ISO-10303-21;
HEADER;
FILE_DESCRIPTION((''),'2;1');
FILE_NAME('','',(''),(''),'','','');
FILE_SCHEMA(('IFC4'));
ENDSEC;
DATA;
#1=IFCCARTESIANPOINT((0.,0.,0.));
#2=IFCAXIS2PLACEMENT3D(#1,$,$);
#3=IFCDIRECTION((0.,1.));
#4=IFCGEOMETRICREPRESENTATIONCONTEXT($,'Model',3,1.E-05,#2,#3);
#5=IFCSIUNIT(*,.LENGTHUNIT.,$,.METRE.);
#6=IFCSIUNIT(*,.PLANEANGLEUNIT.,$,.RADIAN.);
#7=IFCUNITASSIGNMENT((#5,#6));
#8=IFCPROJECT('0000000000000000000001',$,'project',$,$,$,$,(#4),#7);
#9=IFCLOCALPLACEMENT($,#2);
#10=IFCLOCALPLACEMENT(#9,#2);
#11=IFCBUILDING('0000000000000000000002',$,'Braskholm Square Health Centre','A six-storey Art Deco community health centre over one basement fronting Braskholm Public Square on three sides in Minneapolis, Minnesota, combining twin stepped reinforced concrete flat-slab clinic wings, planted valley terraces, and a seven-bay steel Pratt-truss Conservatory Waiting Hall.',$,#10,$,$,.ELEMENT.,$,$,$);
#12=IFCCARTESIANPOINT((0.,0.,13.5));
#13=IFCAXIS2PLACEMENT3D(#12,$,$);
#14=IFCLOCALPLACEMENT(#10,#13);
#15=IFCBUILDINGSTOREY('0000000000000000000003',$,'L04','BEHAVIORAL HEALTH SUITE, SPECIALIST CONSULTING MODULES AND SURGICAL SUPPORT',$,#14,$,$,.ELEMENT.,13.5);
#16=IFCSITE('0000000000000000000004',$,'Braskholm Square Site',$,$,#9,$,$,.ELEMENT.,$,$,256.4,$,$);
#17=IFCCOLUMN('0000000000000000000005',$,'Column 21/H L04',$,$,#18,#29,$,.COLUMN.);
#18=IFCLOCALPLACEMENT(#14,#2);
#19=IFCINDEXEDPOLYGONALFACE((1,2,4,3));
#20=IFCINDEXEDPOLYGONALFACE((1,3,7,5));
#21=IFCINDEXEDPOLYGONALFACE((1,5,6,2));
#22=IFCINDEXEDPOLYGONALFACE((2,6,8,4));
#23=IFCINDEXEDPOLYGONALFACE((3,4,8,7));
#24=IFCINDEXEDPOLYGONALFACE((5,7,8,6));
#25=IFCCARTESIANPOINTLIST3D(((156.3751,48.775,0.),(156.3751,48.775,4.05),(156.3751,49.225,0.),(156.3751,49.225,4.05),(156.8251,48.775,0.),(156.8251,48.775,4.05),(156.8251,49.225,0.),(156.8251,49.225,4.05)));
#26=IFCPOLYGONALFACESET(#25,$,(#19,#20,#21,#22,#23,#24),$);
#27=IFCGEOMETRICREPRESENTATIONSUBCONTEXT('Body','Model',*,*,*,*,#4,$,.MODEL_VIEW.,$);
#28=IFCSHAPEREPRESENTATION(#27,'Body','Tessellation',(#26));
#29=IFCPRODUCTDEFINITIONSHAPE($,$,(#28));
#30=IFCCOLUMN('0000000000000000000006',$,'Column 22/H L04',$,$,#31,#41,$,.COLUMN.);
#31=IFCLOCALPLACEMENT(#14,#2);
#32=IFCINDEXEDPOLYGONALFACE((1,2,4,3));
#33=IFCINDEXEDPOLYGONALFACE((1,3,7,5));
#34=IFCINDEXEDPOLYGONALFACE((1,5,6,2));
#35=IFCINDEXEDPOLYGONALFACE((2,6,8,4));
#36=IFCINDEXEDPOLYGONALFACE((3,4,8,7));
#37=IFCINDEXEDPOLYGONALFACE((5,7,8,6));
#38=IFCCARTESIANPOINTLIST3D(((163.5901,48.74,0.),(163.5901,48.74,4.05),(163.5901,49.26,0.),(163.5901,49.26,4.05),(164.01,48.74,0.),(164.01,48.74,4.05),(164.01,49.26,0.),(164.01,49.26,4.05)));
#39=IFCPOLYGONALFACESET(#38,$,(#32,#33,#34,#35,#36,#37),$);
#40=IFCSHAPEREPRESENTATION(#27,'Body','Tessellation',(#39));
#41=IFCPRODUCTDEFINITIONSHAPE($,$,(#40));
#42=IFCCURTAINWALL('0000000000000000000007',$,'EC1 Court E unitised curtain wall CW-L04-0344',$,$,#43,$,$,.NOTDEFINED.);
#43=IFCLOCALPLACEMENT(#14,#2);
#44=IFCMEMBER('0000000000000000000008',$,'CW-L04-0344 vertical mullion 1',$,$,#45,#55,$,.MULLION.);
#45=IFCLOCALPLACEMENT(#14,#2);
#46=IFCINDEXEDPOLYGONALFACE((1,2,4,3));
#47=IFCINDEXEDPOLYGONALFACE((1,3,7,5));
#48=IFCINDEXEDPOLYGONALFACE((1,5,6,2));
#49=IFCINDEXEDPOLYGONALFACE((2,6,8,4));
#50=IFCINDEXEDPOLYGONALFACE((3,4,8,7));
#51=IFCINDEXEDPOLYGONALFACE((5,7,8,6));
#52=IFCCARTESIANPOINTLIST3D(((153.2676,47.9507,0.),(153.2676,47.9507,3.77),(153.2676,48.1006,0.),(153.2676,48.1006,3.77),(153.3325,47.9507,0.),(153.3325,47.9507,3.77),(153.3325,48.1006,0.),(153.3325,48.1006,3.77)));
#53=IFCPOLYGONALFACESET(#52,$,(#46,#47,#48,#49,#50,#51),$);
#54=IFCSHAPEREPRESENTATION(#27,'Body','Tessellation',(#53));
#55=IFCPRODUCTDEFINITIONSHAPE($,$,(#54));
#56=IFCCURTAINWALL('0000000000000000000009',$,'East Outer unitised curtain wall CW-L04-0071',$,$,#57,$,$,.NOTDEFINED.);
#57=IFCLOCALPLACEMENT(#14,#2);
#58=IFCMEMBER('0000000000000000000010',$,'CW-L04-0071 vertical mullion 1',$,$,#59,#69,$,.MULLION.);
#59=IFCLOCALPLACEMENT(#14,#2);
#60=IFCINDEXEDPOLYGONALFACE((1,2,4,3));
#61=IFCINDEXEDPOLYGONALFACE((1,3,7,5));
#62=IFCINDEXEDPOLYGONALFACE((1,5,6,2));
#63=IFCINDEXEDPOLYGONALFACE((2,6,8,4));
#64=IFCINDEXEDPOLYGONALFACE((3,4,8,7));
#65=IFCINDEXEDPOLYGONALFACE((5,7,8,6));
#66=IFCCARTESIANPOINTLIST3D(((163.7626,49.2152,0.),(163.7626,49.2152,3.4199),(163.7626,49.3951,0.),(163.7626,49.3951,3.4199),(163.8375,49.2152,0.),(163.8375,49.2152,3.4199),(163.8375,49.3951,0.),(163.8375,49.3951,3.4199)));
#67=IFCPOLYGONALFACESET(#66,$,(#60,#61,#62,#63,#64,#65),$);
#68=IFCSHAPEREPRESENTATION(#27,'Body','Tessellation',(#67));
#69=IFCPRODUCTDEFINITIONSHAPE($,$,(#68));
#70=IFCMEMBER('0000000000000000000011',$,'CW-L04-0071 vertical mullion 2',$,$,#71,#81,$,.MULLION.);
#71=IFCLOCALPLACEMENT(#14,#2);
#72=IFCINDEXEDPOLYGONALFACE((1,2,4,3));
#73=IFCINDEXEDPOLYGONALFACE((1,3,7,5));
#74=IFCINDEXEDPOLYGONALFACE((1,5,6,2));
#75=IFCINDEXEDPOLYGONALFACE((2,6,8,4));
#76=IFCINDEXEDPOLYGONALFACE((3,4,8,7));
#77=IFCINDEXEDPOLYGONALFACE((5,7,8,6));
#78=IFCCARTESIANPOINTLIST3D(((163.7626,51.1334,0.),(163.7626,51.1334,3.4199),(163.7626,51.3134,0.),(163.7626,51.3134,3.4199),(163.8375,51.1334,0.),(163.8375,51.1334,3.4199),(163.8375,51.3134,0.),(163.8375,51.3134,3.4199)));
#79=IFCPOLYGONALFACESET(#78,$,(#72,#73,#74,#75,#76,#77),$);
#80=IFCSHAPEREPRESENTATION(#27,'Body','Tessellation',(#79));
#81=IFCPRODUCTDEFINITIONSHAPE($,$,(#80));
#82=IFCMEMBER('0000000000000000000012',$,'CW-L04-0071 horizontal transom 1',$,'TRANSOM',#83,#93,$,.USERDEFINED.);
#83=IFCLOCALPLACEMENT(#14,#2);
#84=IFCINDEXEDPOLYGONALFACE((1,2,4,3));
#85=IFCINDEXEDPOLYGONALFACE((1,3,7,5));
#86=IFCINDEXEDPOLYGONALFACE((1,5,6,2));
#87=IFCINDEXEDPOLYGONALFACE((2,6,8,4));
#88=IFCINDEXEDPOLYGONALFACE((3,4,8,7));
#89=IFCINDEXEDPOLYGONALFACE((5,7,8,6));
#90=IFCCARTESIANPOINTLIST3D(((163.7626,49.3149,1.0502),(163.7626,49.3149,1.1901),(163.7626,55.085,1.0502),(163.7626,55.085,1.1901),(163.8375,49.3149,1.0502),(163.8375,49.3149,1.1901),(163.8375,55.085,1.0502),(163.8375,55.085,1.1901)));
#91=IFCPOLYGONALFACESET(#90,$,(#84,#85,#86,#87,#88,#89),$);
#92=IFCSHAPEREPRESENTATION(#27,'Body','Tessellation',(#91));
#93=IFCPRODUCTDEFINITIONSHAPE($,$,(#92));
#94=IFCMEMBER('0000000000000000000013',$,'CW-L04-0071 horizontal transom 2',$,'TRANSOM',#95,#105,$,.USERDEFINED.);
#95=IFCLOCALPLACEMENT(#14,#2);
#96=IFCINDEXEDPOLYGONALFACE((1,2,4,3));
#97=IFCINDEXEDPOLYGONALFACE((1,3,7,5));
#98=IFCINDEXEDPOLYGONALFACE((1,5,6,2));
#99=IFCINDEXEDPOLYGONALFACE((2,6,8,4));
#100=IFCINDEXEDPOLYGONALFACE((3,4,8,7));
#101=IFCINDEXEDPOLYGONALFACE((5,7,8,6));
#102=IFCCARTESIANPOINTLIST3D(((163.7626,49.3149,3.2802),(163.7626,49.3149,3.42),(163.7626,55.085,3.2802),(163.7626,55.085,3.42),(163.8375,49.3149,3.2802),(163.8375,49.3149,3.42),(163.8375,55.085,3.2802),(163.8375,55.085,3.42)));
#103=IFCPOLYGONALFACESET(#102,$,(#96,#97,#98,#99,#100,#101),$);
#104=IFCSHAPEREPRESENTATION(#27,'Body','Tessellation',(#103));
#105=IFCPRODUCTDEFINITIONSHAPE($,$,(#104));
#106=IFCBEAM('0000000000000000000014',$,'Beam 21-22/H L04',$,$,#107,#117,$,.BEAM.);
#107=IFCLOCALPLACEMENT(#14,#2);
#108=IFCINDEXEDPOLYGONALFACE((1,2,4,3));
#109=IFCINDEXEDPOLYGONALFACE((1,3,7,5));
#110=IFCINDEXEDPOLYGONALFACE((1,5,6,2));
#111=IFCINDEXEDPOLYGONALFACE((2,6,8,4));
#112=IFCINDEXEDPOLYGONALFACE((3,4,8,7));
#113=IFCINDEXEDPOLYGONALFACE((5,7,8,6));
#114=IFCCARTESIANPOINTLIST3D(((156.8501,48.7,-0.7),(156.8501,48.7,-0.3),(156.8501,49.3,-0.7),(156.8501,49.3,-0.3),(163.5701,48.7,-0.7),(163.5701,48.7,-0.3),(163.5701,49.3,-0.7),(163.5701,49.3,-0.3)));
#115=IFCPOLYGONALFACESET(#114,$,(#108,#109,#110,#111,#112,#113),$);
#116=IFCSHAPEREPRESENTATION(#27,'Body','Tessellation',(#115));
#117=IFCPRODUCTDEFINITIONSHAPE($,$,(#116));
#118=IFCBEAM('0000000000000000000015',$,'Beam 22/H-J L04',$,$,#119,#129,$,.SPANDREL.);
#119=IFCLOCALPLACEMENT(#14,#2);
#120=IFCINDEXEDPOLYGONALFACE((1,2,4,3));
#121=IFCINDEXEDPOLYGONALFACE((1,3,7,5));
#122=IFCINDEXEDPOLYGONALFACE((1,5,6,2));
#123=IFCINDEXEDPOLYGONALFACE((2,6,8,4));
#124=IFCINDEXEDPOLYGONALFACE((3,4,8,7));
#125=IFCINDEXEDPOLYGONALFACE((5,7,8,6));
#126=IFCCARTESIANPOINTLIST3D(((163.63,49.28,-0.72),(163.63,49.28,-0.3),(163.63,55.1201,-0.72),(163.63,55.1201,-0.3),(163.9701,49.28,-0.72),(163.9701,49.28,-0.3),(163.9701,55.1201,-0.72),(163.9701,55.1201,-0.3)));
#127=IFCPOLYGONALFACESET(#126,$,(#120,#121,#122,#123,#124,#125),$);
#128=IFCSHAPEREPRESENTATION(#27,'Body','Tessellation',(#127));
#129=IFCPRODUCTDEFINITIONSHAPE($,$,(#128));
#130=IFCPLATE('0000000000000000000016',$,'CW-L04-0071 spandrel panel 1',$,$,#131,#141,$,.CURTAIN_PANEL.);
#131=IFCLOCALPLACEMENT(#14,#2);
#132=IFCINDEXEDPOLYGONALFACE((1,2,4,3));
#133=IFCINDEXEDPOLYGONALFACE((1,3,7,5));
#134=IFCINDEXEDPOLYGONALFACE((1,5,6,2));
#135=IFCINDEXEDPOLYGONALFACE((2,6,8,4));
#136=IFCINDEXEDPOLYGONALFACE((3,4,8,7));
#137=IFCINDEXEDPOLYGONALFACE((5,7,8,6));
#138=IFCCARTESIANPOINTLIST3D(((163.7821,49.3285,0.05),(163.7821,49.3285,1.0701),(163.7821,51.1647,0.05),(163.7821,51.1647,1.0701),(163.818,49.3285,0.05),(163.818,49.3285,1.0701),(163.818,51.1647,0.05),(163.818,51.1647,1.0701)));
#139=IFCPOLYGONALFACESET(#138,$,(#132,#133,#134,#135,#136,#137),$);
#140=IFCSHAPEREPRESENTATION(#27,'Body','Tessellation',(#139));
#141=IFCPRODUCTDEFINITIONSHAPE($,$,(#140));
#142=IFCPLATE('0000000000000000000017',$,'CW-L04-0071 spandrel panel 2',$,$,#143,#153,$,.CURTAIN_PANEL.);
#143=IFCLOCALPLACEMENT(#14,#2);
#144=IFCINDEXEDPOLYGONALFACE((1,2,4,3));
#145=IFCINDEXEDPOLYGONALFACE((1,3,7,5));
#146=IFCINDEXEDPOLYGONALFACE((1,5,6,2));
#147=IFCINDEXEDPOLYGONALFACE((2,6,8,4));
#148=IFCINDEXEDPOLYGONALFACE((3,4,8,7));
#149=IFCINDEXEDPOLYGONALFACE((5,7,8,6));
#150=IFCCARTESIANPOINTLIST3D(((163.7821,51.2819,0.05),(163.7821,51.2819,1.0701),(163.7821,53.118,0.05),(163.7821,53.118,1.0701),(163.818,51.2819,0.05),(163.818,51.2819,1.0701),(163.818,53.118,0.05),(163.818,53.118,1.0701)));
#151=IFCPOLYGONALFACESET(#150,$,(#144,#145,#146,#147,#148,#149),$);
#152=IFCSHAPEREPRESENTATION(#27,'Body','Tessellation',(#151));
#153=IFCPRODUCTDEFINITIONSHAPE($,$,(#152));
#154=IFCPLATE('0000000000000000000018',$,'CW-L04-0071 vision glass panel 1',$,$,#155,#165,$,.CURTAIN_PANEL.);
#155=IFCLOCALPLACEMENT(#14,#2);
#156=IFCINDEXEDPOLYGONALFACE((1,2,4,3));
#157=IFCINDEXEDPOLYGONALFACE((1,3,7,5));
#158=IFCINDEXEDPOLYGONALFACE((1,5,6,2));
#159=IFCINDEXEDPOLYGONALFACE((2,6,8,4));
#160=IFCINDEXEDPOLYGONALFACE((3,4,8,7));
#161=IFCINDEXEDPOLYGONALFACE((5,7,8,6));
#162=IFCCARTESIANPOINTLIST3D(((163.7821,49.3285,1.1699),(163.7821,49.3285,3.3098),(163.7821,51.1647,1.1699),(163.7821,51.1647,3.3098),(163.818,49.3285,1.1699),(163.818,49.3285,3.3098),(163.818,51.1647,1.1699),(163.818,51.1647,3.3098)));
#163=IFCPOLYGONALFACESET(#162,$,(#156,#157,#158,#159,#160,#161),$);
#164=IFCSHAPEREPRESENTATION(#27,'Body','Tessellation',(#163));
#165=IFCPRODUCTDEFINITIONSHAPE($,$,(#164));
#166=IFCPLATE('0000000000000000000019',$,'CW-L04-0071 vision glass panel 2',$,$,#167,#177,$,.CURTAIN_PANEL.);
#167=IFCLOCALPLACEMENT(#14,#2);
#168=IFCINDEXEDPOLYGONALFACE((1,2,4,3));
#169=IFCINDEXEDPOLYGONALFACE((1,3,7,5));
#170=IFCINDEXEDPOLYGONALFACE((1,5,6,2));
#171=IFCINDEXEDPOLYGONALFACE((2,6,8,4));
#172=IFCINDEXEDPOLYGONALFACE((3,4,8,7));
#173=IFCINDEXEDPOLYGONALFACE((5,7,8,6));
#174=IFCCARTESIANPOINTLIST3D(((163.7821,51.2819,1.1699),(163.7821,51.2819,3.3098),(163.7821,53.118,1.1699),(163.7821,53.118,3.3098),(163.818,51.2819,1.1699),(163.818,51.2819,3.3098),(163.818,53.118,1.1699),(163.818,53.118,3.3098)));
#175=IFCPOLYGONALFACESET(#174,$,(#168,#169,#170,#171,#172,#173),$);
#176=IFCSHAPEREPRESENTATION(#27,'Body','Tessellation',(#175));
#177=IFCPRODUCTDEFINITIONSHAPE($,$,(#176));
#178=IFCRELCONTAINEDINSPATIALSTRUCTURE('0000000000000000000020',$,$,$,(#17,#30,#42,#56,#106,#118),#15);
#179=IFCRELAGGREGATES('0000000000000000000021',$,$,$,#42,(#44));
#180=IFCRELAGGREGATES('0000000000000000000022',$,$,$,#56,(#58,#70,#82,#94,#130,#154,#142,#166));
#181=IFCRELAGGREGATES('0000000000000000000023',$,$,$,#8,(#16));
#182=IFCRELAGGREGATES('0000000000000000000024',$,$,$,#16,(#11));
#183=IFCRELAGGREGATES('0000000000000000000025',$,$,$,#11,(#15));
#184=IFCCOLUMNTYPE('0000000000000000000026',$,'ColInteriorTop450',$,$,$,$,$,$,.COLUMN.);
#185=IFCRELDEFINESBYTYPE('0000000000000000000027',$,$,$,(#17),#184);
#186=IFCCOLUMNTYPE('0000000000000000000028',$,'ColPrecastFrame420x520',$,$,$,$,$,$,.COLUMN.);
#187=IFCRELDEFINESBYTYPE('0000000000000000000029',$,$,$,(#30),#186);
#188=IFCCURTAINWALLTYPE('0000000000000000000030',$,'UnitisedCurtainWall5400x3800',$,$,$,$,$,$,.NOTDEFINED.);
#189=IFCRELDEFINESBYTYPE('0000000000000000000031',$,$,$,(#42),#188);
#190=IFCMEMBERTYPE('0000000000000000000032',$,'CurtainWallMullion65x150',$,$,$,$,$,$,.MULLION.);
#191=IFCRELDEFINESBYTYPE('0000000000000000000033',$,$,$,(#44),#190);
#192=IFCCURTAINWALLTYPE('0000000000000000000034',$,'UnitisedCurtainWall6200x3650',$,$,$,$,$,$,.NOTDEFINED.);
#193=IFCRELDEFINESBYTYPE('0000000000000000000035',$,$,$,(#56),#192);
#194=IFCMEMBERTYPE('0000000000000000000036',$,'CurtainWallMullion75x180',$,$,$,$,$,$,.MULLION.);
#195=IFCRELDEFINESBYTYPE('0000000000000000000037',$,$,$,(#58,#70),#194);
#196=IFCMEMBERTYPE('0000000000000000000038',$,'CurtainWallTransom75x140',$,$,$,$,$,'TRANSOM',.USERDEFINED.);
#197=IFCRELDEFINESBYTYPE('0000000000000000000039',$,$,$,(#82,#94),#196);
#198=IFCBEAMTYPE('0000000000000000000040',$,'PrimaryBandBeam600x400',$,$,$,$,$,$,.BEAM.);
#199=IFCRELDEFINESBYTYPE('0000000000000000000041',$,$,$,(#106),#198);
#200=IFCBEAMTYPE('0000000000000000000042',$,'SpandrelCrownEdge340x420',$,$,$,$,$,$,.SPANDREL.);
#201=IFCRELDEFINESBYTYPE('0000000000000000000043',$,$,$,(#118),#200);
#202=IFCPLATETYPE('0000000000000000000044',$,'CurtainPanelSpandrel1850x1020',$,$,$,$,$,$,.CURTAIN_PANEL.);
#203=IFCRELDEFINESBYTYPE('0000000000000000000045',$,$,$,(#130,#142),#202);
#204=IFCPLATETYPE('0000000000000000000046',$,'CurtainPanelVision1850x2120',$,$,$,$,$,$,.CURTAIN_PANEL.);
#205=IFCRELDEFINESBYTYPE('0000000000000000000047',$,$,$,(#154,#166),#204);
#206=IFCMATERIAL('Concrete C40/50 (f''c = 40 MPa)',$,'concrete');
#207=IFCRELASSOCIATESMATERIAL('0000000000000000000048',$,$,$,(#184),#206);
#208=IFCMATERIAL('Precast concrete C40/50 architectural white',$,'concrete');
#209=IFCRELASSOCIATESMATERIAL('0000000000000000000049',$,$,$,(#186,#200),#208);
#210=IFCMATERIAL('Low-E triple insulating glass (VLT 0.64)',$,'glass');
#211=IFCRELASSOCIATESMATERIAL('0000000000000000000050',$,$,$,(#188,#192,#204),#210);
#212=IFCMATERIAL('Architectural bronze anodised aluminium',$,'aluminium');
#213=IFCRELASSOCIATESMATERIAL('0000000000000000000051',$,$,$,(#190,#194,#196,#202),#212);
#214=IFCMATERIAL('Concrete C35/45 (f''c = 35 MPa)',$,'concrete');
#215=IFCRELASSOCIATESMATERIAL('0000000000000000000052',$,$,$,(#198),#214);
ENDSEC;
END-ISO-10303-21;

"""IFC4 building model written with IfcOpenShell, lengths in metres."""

from ifc_helpers import new_model, si_unit, direction, frame, origin, origin_2d, place, context, subcontext, project, spatial, rectangle, extrude, material, material_profile, profile_set, type_object, element, aggregate, save


model = new_model("IFC4")

# Units and contexts
model_context = context("Model", 3, precision=1e-05, world=origin(), true_north=direction((0.0, 1.0)))
body_context = subcontext(model_context, "Body", "Model", "MODEL_VIEW")
ifc_project = project(units=[si_unit("LENGTHUNIT", "METRE"), si_unit("PLANEANGLEUNIT", "RADIAN")], contexts=[model_context])

# Site, building, storey
site_placement = place(None, origin())
site = spatial("IfcSite", under=ifc_project, at=site_placement, Name="Braskholm Square Site", CompositionType="ELEMENT", RefElevation=256.4)
building_placement = place(site_placement, origin())
building = spatial("IfcBuilding", under=site, at=building_placement, Name="Braskholm Square Health Centre", Description="A six-storey Art Deco community health centre over one basement fronting Braskholm Public Square on three sides in Minneapolis, Minnesota, combining twin stepped reinforced concrete flat-slab clinic wings, planted valley terraces, and a seven-bay steel Pratt-truss Conservatory Waiting Hall.", CompositionType="ELEMENT")
storey_placement = place(building_placement, frame((0.0, 0.0, 13.5)))
storey = spatial("IfcBuildingStorey", under=building, at=storey_placement, Name="L04", Description="BEHAVIORAL HEALTH SUITE, SPECIALIST CONSULTING MODULES AND SURGICAL SUPPORT", CompositionType="ELEMENT", Elevation=13.5)

# Columns
ifc_material_1 = material(Name="Concrete C40/50 (f'c = 40 MPa)", Category="concrete")
ifc_material_profile_1 = material_profile(ifc_material_1, rectangle(XDim=0.45, YDim=0.45, at=origin_2d()), Name="RC-450X450")
ifc_profile_set_1 = profile_set([ifc_material_profile_1], Name="Concrete C40/50 (f'c = 40 MPa)")
column_type_1 = type_object("IfcColumnType", Name="ColInteriorTop450", PredefinedType="COLUMN", material=ifc_profile_set_1)
column_1_placement = place(storey_placement, frame((156.6001, 49.0, 0.0), z_axis=(0.0, 0.0, 1.0), x_axis=(1.0, 0.0, 0.0)))
element("IfcColumn", 1, at=column_1_placement, inside=storey, type_object=column_type_1, Name="Column 21/H L04", PredefinedType="COLUMN", context=body_context, shape_type="SweptSolid", body=[
    extrude(rectangle(XDim=0.45, YDim=0.45, at=origin_2d()), origin(), (0.0, 0.0, 1.0), 4.05),
])
ifc_material_2 = material(Name="Precast concrete C40/50 architectural white", Category="concrete")
ifc_material_profile_2 = material_profile(ifc_material_2, rectangle(XDim=0.4199, YDim=0.52, at=origin_2d()), Name="RC-420X520")
ifc_profile_set_2 = profile_set([ifc_material_profile_2], Name="Precast concrete C40/50 architectural white")
column_type_2 = type_object("IfcColumnType", Name="ColPrecastFrame420x520", PredefinedType="COLUMN", material=ifc_profile_set_2)
column_2_placement = place(storey_placement, frame((163.8, 49.0, 0.0), z_axis=(0.0, 0.0, 1.0), x_axis=(1.0, 0.0, 0.0)))
element("IfcColumn", 2, at=column_2_placement, inside=storey, type_object=column_type_2, Name="Column 22/H L04", PredefinedType="COLUMN", context=body_context, shape_type="SweptSolid", body=[
    extrude(rectangle(XDim=0.4199, YDim=0.52, at=origin_2d()), origin(), (0.0, 0.0, 1.0), 4.05),
])

# Curtain wall, member
ifc_material_3 = material(Name="Low-E triple insulating glass (VLT 0.64)", Category="glass")
curtain_wall_type_1 = type_object("IfcCurtainWallType", Name="UnitisedCurtainWall5400x3800", PredefinedType="NOTDEFINED", material=ifc_material_3)
curtain_wall_1_placement = place(storey_placement, origin())
curtain_wall_1 = element("IfcCurtainWall", 3, at=curtain_wall_1_placement, inside=storey, type_object=curtain_wall_type_1, Name="EC1 Court E unitised curtain wall CW-L04-0344", PredefinedType="NOTDEFINED")
ifc_material_4 = material(Name="Architectural bronze anodised aluminium", Category="aluminium")
ifc_material_profile_3 = material_profile(ifc_material_4, rectangle(XDim=0.0649, YDim=0.1499, at=origin_2d()), Name="ALU-65X150")
ifc_profile_set_3 = profile_set([ifc_material_profile_3], Name="Architectural bronze anodised aluminium")
member_type_1 = type_object("IfcMemberType", Name="CurtainWallMullion65x150", PredefinedType="MULLION", material=ifc_profile_set_3)
member_1_placement = place(storey_placement, frame((153.3, 48.0256, 0.0), z_axis=(0.0, 0.0, 1.0), x_axis=(1.0, 0.0, 0.0)))
member_1 = element("IfcMember", 4, at=member_1_placement, type_object=member_type_1, Name="CW-L04-0344 vertical mullion 1", PredefinedType="MULLION", context=body_context, shape_type="SweptSolid", body=[
    extrude(rectangle(XDim=0.0649, YDim=0.1499, at=origin_2d()), origin(), (0.0, 0.0, 1.0), 3.77),
])
aggregate(curtain_wall_1, [member_1])

# Curtain wall, members
curtain_wall_type_2 = type_object("IfcCurtainWallType", Name="UnitisedCurtainWall6200x3650", PredefinedType="NOTDEFINED", material=ifc_material_3)
curtain_wall_2_placement = place(storey_placement, origin())
curtain_wall_2 = element("IfcCurtainWall", 5, at=curtain_wall_2_placement, inside=storey, type_object=curtain_wall_type_2, Name="East Outer unitised curtain wall CW-L04-0071", PredefinedType="NOTDEFINED")
ifc_material_profile_4 = material_profile(ifc_material_4, rectangle(XDim=0.075, YDim=0.1799, at=origin_2d()), Name="ALU-75X180")
ifc_profile_set_4 = profile_set([ifc_material_profile_4], Name="Architectural bronze anodised aluminium")
member_type_2 = type_object("IfcMemberType", Name="CurtainWallMullion75x180", PredefinedType="MULLION", material=ifc_profile_set_4)
member_2_placement = place(storey_placement, frame((163.8, 49.3052, 0.0), z_axis=(0.0, 0.0, 1.0), x_axis=(1.0, 0.0, 0.0)))
member_2 = element("IfcMember", 6, at=member_2_placement, type_object=member_type_2, Name="CW-L04-0071 vertical mullion 1", PredefinedType="MULLION", context=body_context, shape_type="SweptSolid", body=[
    extrude(rectangle(XDim=0.075, YDim=0.1799, at=origin_2d()), origin(), (0.0, 0.0, 1.0), 3.4199),
])
member_3_placement = place(storey_placement, frame((163.8, 51.2234, 0.0), z_axis=(0.0, 0.0, 1.0), x_axis=(1.0, 0.0, 0.0)))
member_3 = element("IfcMember", 7, at=member_3_placement, type_object=member_type_2, Name="CW-L04-0071 vertical mullion 2", PredefinedType="MULLION", context=body_context, shape_type="SweptSolid", body=[
    extrude(rectangle(XDim=0.075, YDim=0.1799, at=origin_2d()), origin(), (0.0, 0.0, 1.0), 3.4199),
])
ifc_material_profile_5 = material_profile(ifc_material_4, rectangle(XDim=0.075, YDim=0.1399, at=origin_2d()), Name="ALU-75X140")
ifc_profile_set_5 = profile_set([ifc_material_profile_5], Name="Architectural bronze anodised aluminium")
member_type_3 = type_object("IfcMemberType", Name="CurtainWallTransom75x140", ElementType="TRANSOM", PredefinedType="USERDEFINED", material=ifc_profile_set_5)
member_4_placement = place(storey_placement, frame((163.8, 49.3149, 1.1201), z_axis=(0.0, 1.0, 0.0), x_axis=(-1.0, 0.0, 0.0)))
member_4 = element("IfcMember", 8, at=member_4_placement, type_object=member_type_3, Name="CW-L04-0071 horizontal transom 1", ObjectType="TRANSOM", PredefinedType="USERDEFINED", context=body_context, shape_type="SweptSolid", body=[
    extrude(rectangle(XDim=0.075, YDim=0.1399, at=origin_2d()), origin(), (0.0, 0.0, 1.0), 5.77),
])
member_5_placement = place(storey_placement, frame((163.8, 49.3149, 3.3501), z_axis=(0.0, 1.0, 0.0), x_axis=(-1.0, 0.0, 0.0)))
member_5 = element("IfcMember", 9, at=member_5_placement, type_object=member_type_3, Name="CW-L04-0071 horizontal transom 2", ObjectType="TRANSOM", PredefinedType="USERDEFINED", context=body_context, shape_type="SweptSolid", body=[
    extrude(rectangle(XDim=0.075, YDim=0.1399, at=origin_2d()), origin(), (0.0, 0.0, 1.0), 5.77),
])

# Beams
ifc_material_5 = material(Name="Concrete C35/45 (f'c = 35 MPa)", Category="concrete")
ifc_material_profile_6 = material_profile(ifc_material_5, rectangle(XDim=0.6001, YDim=0.3999, at=origin_2d()), Name="RCB-600X400")
ifc_profile_set_6 = profile_set([ifc_material_profile_6], Name="Concrete C35/45 (f'c = 35 MPa)")
beam_type_1 = type_object("IfcBeamType", Name="PrimaryBandBeam600x400", PredefinedType="BEAM", material=ifc_profile_set_6)
beam_1_placement = place(storey_placement, frame((156.8501, 49.0, -0.5), z_axis=(1.0, 0.0, 0.0), x_axis=(0.0, 1.0, 0.0)))
element("IfcBeam", 10, at=beam_1_placement, inside=storey, type_object=beam_type_1, Name="Beam 21-22/H L04", PredefinedType="BEAM", context=body_context, shape_type="SweptSolid", body=[
    extrude(rectangle(XDim=0.6001, YDim=0.3999, at=origin_2d()), origin(), (0.0, 0.0, 1.0), 6.72),
])
ifc_material_profile_7 = material_profile(ifc_material_2, rectangle(XDim=0.3401, YDim=0.4199, at=origin_2d()), Name="RCB-340X420")
ifc_profile_set_7 = profile_set([ifc_material_profile_7], Name="Precast concrete C40/50 architectural white")
beam_type_2 = type_object("IfcBeamType", Name="SpandrelCrownEdge340x420", PredefinedType="SPANDREL", material=ifc_profile_set_7)
beam_2_placement = place(storey_placement, frame((163.8, 49.28, -0.51), z_axis=(0.0, 1.0, 0.0), x_axis=(-1.0, 0.0, 0.0)))
element("IfcBeam", 11, at=beam_2_placement, inside=storey, type_object=beam_type_2, Name="Beam 22/H-J L04", PredefinedType="SPANDREL", context=body_context, shape_type="SweptSolid", body=[
    extrude(rectangle(XDim=0.3401, YDim=0.4199, at=origin_2d()), origin(), (0.0, 0.0, 1.0), 5.8401),
])

# Plates
plate_type_1 = type_object("IfcPlateType", Name="CurtainPanelSpandrel1850x1020", PredefinedType="CURTAIN_PANEL", material=ifc_material_4)
plate_1_placement = place(storey_placement, frame((163.8, 50.2466, 0.05), z_axis=(0.0, 0.0, 1.0), x_axis=(0.0, 1.0, 0.0)))
plate_1 = element("IfcPlate", 12, at=plate_1_placement, type_object=plate_type_1, Name="CW-L04-0071 spandrel panel 1", PredefinedType="CURTAIN_PANEL", context=body_context, shape_type="SweptSolid", body=[
    extrude(rectangle(XDim=1.8362, YDim=0.0359, at=origin_2d()), origin(), (0.0, 0.0, 1.0), 1.02),
])
plate_2_placement = place(storey_placement, frame((163.8, 52.2, 0.05), z_axis=(0.0, 0.0, 1.0), x_axis=(0.0, 1.0, 0.0)))
plate_2 = element("IfcPlate", 13, at=plate_2_placement, type_object=plate_type_1, Name="CW-L04-0071 spandrel panel 2", PredefinedType="CURTAIN_PANEL", context=body_context, shape_type="SweptSolid", body=[
    extrude(rectangle(XDim=1.8362, YDim=0.0359, at=origin_2d()), origin(), (0.0, 0.0, 1.0), 1.02),
])
plate_type_2 = type_object("IfcPlateType", Name="CurtainPanelVision1850x2120", PredefinedType="CURTAIN_PANEL", material=ifc_material_3)
plate_3_placement = place(storey_placement, frame((163.8, 50.2466, 1.1699), z_axis=(0.0, 0.0, 1.0), x_axis=(0.0, 1.0, 0.0)))
plate_3 = element("IfcPlate", 14, at=plate_3_placement, type_object=plate_type_2, Name="CW-L04-0071 vision glass panel 1", PredefinedType="CURTAIN_PANEL", context=body_context, shape_type="SweptSolid", body=[
    extrude(rectangle(XDim=1.8362, YDim=0.0359, at=origin_2d()), origin(), (0.0, 0.0, 1.0), 2.1399),
])
plate_4_placement = place(storey_placement, frame((163.8, 52.2, 1.1699), z_axis=(0.0, 0.0, 1.0), x_axis=(0.0, 1.0, 0.0)))
plate_4 = element("IfcPlate", 15, at=plate_4_placement, type_object=plate_type_2, Name="CW-L04-0071 vision glass panel 2", PredefinedType="CURTAIN_PANEL", context=body_context, shape_type="SweptSolid", body=[
    extrude(rectangle(XDim=1.8362, YDim=0.0359, at=origin_2d()), origin(), (0.0, 0.0, 1.0), 2.1399),
])
aggregate(curtain_wall_2, [member_2, member_3, member_4, member_5, plate_1, plate_3, plate_2, plate_4])

save(model, "model.ifc")
